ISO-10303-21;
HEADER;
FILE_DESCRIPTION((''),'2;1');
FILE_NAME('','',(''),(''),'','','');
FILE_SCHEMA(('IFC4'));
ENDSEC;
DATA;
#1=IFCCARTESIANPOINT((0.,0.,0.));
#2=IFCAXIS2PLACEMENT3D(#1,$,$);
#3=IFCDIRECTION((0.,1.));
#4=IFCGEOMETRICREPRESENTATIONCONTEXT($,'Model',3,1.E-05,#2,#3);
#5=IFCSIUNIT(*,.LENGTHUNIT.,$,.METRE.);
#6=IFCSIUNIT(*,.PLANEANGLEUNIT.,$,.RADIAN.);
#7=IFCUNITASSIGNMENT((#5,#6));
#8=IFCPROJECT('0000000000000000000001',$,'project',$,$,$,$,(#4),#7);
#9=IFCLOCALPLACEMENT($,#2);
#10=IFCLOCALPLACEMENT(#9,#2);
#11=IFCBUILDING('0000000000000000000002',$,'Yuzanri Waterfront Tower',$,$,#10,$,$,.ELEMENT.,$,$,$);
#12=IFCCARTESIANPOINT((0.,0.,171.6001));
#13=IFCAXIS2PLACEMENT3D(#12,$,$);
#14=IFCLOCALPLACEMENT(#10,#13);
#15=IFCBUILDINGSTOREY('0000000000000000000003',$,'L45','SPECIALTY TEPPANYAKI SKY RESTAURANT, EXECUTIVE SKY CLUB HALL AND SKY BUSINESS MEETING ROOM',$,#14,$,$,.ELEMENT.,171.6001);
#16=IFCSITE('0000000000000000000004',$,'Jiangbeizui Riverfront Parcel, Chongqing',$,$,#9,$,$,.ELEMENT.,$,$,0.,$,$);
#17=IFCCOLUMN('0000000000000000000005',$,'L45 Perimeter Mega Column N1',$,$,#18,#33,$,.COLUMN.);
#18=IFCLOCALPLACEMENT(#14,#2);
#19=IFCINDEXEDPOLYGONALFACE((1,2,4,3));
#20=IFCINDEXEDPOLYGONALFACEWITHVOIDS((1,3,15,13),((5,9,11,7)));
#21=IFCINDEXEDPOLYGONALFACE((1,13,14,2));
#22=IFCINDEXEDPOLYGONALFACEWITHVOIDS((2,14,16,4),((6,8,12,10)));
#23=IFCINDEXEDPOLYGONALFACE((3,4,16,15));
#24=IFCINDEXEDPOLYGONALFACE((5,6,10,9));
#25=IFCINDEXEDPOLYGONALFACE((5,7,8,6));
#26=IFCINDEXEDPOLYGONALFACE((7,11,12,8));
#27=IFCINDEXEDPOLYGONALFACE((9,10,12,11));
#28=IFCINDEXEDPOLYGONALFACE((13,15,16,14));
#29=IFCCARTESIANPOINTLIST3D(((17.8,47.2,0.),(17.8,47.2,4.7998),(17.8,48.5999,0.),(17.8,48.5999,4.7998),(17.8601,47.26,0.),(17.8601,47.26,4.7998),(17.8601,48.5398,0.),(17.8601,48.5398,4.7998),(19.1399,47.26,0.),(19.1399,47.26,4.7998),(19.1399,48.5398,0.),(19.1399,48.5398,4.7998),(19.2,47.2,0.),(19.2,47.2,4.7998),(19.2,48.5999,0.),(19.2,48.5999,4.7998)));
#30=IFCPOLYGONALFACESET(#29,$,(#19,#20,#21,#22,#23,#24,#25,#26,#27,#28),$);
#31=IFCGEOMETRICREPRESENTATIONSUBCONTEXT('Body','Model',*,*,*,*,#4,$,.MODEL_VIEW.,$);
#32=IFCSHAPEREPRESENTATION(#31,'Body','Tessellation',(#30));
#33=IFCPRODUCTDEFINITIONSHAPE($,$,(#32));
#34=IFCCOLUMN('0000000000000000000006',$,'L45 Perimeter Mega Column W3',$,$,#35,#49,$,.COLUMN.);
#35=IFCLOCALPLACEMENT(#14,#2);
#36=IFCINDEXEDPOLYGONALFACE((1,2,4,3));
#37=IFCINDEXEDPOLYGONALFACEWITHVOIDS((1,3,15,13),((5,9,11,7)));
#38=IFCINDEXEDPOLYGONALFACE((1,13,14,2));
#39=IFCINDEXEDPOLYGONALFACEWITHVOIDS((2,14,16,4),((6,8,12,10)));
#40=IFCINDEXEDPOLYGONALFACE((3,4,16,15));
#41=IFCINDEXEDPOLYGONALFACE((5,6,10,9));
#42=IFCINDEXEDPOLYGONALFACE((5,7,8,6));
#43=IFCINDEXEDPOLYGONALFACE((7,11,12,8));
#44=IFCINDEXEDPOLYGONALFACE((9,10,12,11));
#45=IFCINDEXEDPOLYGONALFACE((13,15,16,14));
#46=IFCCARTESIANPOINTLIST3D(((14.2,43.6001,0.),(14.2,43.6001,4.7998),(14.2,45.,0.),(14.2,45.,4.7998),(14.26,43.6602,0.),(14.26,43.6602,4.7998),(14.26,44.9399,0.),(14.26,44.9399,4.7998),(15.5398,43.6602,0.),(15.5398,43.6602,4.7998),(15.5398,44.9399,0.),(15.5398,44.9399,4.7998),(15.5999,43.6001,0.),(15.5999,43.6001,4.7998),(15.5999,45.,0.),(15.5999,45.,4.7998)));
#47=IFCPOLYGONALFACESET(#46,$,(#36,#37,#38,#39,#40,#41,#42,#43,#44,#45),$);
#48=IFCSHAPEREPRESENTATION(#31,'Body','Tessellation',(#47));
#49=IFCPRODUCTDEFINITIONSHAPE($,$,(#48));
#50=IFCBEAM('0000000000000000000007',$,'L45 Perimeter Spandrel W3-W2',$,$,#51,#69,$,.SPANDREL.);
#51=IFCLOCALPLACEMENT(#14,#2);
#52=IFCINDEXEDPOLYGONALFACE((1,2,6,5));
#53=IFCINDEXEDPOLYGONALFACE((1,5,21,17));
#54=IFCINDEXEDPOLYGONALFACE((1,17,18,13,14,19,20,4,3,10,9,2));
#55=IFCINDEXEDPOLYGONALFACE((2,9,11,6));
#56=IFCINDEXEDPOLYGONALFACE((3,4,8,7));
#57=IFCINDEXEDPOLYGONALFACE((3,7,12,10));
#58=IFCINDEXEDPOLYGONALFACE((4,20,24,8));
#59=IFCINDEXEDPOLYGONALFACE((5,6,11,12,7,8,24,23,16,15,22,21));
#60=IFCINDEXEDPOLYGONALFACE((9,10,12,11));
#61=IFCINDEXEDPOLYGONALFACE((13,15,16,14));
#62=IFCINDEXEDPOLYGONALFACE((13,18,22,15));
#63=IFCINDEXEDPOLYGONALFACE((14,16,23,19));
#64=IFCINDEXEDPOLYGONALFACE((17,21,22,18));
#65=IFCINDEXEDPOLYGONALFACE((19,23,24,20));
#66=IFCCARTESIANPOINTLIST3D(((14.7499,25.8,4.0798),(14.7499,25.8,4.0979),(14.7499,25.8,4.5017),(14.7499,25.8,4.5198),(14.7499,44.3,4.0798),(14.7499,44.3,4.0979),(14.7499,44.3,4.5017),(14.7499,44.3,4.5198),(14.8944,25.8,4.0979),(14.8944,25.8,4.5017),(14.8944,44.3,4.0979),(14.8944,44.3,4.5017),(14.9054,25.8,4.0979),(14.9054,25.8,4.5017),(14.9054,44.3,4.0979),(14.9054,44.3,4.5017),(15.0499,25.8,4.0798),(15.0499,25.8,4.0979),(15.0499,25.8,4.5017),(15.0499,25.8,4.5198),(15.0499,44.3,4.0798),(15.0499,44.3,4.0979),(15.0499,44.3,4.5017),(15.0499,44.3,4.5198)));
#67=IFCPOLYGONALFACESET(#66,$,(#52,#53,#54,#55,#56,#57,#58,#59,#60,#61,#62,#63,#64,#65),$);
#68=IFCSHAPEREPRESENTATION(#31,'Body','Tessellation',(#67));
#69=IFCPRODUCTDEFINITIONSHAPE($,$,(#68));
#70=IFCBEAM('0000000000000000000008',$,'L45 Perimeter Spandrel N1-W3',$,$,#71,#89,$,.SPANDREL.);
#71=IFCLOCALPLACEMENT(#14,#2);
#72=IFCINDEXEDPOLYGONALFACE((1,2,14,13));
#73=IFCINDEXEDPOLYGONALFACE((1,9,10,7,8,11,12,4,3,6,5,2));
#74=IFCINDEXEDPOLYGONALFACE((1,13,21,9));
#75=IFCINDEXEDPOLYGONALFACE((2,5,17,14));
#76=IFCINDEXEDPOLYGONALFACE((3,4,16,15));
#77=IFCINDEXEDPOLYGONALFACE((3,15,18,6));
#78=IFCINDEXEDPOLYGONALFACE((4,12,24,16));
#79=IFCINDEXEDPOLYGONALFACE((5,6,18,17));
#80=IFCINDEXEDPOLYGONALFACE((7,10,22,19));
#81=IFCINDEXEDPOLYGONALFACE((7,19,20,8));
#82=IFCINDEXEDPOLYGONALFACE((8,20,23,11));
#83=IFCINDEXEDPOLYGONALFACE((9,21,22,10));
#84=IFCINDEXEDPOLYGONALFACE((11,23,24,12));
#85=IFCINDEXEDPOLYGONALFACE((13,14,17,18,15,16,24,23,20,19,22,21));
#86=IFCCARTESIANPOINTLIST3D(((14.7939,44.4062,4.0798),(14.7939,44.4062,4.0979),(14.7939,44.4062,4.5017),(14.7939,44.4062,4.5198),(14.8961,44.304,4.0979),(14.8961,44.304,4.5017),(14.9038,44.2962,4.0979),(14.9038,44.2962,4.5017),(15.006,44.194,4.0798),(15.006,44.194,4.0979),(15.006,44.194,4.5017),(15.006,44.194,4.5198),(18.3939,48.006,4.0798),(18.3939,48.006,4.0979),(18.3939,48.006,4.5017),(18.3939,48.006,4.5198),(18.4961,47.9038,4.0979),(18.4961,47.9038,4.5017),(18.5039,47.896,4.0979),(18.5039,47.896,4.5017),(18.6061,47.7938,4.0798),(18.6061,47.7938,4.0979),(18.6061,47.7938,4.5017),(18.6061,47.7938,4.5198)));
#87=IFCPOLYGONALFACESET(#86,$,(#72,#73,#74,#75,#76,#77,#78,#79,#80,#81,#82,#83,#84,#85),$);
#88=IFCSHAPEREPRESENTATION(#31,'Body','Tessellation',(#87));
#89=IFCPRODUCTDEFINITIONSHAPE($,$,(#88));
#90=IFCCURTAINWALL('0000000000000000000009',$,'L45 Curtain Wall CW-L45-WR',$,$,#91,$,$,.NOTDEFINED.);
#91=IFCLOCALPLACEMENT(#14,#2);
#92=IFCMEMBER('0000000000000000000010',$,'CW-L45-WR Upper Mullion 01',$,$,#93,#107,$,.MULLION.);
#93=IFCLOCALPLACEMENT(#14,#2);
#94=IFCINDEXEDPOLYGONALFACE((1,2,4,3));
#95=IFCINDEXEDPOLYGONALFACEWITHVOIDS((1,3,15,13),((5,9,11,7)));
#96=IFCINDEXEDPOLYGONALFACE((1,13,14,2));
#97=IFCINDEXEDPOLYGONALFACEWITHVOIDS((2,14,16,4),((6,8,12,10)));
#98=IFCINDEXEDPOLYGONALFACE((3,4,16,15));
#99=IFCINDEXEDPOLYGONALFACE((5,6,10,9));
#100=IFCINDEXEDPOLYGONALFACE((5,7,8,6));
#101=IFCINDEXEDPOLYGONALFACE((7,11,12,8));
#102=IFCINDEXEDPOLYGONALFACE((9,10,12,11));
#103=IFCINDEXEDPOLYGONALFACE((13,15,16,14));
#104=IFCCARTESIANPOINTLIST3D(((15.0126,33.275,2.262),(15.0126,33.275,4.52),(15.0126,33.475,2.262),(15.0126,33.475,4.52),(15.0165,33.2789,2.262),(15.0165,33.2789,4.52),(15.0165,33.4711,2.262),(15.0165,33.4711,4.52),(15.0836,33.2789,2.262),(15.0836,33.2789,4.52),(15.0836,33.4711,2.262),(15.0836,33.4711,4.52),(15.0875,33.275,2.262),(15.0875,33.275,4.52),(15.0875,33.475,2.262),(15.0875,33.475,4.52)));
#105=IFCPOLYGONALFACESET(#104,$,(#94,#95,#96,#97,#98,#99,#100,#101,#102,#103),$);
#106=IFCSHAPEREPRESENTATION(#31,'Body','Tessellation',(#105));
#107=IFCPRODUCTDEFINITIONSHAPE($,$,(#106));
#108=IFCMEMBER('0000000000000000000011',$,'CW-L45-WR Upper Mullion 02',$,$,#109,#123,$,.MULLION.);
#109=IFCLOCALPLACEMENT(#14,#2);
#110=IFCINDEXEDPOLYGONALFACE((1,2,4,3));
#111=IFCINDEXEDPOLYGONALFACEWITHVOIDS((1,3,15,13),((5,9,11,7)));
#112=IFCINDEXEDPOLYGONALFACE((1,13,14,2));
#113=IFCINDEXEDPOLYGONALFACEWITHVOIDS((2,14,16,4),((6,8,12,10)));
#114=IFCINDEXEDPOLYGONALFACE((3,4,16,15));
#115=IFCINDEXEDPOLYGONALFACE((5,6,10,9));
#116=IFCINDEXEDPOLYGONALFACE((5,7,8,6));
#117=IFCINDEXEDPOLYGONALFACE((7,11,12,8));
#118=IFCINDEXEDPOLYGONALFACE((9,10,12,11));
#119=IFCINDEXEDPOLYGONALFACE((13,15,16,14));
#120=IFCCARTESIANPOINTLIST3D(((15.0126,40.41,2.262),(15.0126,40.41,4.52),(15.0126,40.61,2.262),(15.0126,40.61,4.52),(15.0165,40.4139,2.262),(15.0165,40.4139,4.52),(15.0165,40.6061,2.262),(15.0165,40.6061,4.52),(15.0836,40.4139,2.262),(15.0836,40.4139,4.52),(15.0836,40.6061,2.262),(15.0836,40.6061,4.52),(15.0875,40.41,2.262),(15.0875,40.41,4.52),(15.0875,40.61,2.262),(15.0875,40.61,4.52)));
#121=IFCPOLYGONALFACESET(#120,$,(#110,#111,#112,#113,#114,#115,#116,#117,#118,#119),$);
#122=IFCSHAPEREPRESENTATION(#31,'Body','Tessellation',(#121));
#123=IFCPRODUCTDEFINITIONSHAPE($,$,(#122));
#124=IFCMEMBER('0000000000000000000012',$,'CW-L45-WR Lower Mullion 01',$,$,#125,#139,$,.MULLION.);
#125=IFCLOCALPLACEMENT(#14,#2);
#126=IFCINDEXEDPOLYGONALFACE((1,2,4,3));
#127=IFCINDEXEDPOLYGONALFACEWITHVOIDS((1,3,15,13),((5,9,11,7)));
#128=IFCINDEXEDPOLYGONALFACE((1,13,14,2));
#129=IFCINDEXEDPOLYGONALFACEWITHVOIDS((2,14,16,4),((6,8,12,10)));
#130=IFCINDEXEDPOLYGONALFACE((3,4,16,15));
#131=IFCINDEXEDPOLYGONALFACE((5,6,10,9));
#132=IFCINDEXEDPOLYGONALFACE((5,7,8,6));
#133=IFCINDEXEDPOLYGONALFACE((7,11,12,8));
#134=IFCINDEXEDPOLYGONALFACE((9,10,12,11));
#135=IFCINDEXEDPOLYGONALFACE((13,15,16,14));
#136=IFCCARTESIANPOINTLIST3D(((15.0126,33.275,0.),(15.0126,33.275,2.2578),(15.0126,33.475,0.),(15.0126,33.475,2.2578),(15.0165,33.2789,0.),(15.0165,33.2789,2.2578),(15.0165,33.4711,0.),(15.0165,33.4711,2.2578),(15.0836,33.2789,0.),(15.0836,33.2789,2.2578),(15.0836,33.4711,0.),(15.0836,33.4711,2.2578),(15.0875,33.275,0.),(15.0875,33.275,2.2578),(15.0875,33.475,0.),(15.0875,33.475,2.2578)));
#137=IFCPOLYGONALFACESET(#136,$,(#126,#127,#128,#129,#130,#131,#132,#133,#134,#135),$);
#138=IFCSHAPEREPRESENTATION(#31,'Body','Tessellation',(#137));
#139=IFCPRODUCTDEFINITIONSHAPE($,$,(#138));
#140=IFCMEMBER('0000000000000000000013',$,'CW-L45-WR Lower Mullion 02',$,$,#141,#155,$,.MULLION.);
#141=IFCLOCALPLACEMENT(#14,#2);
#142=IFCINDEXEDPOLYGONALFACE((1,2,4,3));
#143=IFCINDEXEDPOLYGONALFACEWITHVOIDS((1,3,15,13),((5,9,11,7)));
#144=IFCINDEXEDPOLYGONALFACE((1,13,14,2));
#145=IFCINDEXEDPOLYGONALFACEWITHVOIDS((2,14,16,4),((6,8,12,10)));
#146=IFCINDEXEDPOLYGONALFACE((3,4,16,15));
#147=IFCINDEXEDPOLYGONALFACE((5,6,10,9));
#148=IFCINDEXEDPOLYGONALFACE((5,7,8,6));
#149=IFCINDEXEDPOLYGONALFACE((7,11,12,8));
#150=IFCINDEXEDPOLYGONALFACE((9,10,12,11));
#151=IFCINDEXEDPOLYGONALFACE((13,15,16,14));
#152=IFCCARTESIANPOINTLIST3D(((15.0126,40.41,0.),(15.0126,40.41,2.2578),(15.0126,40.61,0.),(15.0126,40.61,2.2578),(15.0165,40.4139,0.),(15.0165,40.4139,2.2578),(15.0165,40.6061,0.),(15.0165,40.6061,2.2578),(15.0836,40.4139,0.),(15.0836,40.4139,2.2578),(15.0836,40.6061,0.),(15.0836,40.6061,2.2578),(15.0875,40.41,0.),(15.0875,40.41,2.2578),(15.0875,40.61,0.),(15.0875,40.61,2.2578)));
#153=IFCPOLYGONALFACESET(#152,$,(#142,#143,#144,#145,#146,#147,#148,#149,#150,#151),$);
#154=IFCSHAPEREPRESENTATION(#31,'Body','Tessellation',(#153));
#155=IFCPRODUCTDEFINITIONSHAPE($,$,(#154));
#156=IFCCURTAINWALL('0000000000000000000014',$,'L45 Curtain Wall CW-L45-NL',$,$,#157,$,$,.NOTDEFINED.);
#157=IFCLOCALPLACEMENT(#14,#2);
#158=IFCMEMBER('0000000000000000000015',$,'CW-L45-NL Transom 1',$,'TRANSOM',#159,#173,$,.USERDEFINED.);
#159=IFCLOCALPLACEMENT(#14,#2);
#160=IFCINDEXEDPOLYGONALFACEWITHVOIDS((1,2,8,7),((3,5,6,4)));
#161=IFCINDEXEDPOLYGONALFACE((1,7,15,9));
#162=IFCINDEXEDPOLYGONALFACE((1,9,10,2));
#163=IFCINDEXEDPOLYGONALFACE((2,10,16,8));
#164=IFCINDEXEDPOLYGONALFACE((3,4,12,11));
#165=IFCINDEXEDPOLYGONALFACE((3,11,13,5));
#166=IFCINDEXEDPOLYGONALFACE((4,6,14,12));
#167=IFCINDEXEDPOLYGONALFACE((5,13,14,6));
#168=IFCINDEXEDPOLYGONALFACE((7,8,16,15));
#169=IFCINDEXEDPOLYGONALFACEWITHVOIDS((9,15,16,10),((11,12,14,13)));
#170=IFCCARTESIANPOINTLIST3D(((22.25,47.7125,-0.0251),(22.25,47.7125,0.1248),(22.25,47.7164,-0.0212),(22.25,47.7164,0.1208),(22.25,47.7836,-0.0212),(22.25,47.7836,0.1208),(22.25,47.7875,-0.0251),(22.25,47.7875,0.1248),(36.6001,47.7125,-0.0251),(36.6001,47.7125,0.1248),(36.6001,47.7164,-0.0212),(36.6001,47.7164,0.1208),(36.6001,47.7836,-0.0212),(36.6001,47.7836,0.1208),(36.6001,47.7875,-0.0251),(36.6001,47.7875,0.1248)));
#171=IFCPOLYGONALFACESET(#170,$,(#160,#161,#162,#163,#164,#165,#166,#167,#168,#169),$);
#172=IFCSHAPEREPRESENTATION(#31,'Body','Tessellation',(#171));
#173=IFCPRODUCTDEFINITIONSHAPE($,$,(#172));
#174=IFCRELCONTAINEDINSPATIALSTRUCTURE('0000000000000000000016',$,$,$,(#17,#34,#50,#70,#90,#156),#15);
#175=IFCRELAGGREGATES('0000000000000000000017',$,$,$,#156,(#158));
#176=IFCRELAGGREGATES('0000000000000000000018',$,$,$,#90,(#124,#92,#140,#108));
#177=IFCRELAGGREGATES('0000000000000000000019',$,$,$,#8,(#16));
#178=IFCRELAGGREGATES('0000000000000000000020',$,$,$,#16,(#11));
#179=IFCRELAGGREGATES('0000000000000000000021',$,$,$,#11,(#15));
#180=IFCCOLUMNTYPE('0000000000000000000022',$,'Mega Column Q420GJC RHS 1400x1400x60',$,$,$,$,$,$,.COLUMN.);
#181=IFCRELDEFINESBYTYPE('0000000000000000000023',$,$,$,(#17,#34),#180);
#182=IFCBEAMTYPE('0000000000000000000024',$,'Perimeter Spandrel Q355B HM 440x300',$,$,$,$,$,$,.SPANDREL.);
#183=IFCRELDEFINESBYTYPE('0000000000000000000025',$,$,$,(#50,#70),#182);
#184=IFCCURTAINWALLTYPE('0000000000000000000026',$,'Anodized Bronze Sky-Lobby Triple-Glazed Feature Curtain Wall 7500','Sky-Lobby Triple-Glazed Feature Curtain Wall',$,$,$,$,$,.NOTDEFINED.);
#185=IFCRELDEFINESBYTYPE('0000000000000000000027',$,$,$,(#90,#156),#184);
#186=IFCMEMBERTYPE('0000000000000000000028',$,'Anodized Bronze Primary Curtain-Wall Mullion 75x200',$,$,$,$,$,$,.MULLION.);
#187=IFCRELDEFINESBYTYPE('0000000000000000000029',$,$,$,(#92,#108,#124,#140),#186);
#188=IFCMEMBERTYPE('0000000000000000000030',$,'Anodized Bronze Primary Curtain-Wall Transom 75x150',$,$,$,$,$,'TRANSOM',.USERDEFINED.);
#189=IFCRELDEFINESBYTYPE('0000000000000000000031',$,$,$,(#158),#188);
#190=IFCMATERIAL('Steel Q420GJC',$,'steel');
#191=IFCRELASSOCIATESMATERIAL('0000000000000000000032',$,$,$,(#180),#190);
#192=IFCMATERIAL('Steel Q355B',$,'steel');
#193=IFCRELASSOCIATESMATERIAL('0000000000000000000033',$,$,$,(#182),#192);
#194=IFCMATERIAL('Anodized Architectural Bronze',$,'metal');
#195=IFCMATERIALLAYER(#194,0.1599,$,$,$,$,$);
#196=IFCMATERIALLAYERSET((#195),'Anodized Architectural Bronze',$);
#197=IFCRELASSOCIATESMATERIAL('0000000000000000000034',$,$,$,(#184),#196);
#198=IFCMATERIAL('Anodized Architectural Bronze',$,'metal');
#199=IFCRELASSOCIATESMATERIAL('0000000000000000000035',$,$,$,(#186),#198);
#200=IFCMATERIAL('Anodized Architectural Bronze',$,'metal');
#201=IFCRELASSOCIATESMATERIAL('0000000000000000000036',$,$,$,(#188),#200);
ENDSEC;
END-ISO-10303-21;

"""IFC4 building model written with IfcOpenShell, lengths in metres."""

from ifc_helpers import new_model, si_unit, direction, frame, origin, origin_2d, place, context, subcontext, project, spatial, hollow_rectangle, i_section, extrude, source, transform, mapped, material, layer, layer_set, material_profile, profile_set, type_object, element, aggregate, save


model = new_model("IFC4")

# Units and contexts
model_context = context("Model", 3, precision=1e-05, world=origin(), true_north=direction((0.0, 1.0)))
body_context = subcontext(model_context, "Body", "Model", "MODEL_VIEW")
ifc_project = project(units=[si_unit("LENGTHUNIT", "METRE"), si_unit("PLANEANGLEUNIT", "RADIAN")], contexts=[model_context])

# Site, building, storey
site_placement = place(None, origin())
site = spatial("IfcSite", under=ifc_project, at=site_placement, Name="Jiangbeizui Riverfront Parcel, Chongqing", CompositionType="ELEMENT", RefElevation=0.0)
building_placement = place(site_placement, origin())
building = spatial("IfcBuilding", under=site, at=building_placement, Name="Yuzanri Waterfront Tower", CompositionType="ELEMENT")
storey_placement = place(building_placement, frame((0.0, 0.0, 171.6001)))
storey = spatial("IfcBuildingStorey", under=building, at=storey_placement, Name="L45", Description="SPECIALTY TEPPANYAKI SKY RESTAURANT, EXECUTIVE SKY CLUB HALL AND SKY BUSINESS MEETING ROOM", CompositionType="ELEMENT", Elevation=171.6001)

# Columns
ifc_material_1 = material(Name="Steel Q420GJC", Category="steel")
ifc_material_profile_1 = material_profile(ifc_material_1, hollow_rectangle(XDim=1.3999, YDim=1.3999, WallThickness=0.0601, at=origin_2d()), Name="RHS 1400x1400x60")
ifc_profile_set_1 = profile_set([ifc_material_profile_1], Name="Steel Q420GJC")
column_type = type_object("IfcColumnType", Name="Mega Column Q420GJC RHS 1400x1400x60", PredefinedType="COLUMN", material=ifc_profile_set_1)
shared_shape_1 = source(origin(), body_context, "Body", "SweptSolid", [
    extrude(hollow_rectangle(XDim=1.3999, YDim=1.3999, WallThickness=0.0601, at=origin_2d()), origin(), (0.0, 0.0, 1.0), 4.7998),
])
for number, where, z_axis, x_axis, name in (
    (1, (18.5, 47.8999, 0.0), (0.0, 0.0, 1.0), (1.0, 0.0, 0.0), "L45 Perimeter Mega Column N1"),
    (2, (14.8999, 44.3, 0.0), (0.0, 0.0, 1.0), (1.0, 0.0, 0.0), "L45 Perimeter Mega Column W3"),
):
    element("IfcColumn", number, at=place(storey_placement, frame(where, z_axis=z_axis, x_axis=x_axis)), inside=storey, type_object=column_type, Name=name, PredefinedType="COLUMN", context=body_context, shape_type="MappedRepresentation", body=[
        mapped(shared_shape_1, transform((0.0, 0.0, 0.0), scale=1.0)),
    ])

# Beams
ifc_material_2 = material(Name="Steel Q355B", Category="steel")
ifc_material_profile_2 = material_profile(ifc_material_2, i_section(OverallWidth=0.3, OverallDepth=0.4399, WebThickness=0.011, FlangeThickness=0.0181, at=origin_2d()), Name="HM 440x300x11x18")
ifc_profile_set_2 = profile_set([ifc_material_profile_2], Name="Steel Q355B")
beam_type = type_object("IfcBeamType", Name="Perimeter Spandrel Q355B HM 440x300", PredefinedType="SPANDREL", material=ifc_profile_set_2)
shared_shape_2 = source(origin(), body_context, "Body", "SweptSolid", [
    extrude(i_section(OverallWidth=0.3, OverallDepth=0.4399, WebThickness=0.011, FlangeThickness=0.0181, at=origin_2d()), origin(), (0.0, 0.0, 1.0), 18.5),
])
beam_1_placement = place(storey_placement, frame((14.8999, 44.3, 4.2998), z_axis=(0.0, -1.0, 0.0), x_axis=(1.0, 0.0, 0.0)))
element("IfcBeam", 3, at=beam_1_placement, inside=storey, type_object=beam_type, Name="L45 Perimeter Spandrel W3-W2", PredefinedType="SPANDREL", context=body_context, shape_type="MappedRepresentation", body=[
    mapped(shared_shape_2, transform((0.0, 0.0, 0.0), scale=1.0)),
])
shared_shape_3 = source(origin(), body_context, "Body", "SweptSolid", [
    extrude(i_section(OverallWidth=0.3, OverallDepth=0.4399, WebThickness=0.011, FlangeThickness=0.0181, at=origin_2d()), origin(), (0.0, 0.0, 1.0), 5.0911),
])
beam_2_placement = place(storey_placement, frame((18.5, 47.8999, 4.2998), z_axis=(-0.707131, -0.707083, 0.0), x_axis=(0.707083, -0.707131, 0.0)))
element("IfcBeam", 4, at=beam_2_placement, inside=storey, type_object=beam_type, Name="L45 Perimeter Spandrel N1-W3", PredefinedType="SPANDREL", context=body_context, shape_type="MappedRepresentation", body=[
    mapped(shared_shape_3, transform((0.0, 0.0, 0.0), scale=1.0)),
])

# Curtain wall, members
ifc_material_3 = material(Name="Anodized Architectural Bronze", Category="metal")
ifc_layer_1 = layer(ifc_material_3, 0.1599)
ifc_layer_set_1 = layer_set([ifc_layer_1], Name="Anodized Architectural Bronze")
curtain_wall_type = type_object("IfcCurtainWallType", Name="Anodized Bronze Sky-Lobby Triple-Glazed Feature Curtain Wall 7500", Description="Sky-Lobby Triple-Glazed Feature Curtain Wall", PredefinedType="NOTDEFINED", material=ifc_layer_set_1)
curtain_wall_1_placement = place(storey_placement, origin())
curtain_wall_1 = element("IfcCurtainWall", 5, at=curtain_wall_1_placement, inside=storey, type_object=curtain_wall_type, Name="L45 Curtain Wall CW-L45-WR", PredefinedType="NOTDEFINED")
ifc_material_4 = material(Name="Anodized Architectural Bronze", Category="metal")
ifc_material_profile_3 = material_profile(ifc_material_4, hollow_rectangle(XDim=0.075, YDim=0.2, WallThickness=0.0039, at=origin_2d()), Name="CWM 75x200")
ifc_profile_set_3 = profile_set([ifc_material_profile_3], Name="Anodized Architectural Bronze")
member_type_1 = type_object("IfcMemberType", Name="Anodized Bronze Primary Curtain-Wall Mullion 75x200", PredefinedType="MULLION", material=ifc_profile_set_3)
shared_shape_4 = source(origin(), body_context, "Body", "SweptSolid", [
    extrude(hollow_rectangle(XDim=0.075, YDim=0.2, WallThickness=0.0039, at=origin_2d()), origin(), (0.0, 0.0, 1.0), 2.2581),
])
member_1_placement = place(storey_placement, frame((15.05, 33.375, 2.262), z_axis=(0.0, 0.0, 1.0), x_axis=(1.0, 0.0, 0.0)))
member_1 = element("IfcMember", 6, at=member_1_placement, type_object=member_type_1, Name="CW-L45-WR Upper Mullion 01", PredefinedType="MULLION", context=body_context, shape_type="MappedRepresentation", body=[
    mapped(shared_shape_4, transform((0.0, 0.0, 0.0), scale=1.0)),
])
member_2_placement = place(storey_placement, frame((15.05, 40.51, 2.262), z_axis=(0.0, 0.0, 1.0), x_axis=(1.0, 0.0, 0.0)))
member_2 = element("IfcMember", 7, at=member_2_placement, type_object=member_type_1, Name="CW-L45-WR Upper Mullion 02", PredefinedType="MULLION", context=body_context, shape_type="MappedRepresentation", body=[
    mapped(shared_shape_4, transform((0.0, 0.0, 0.0), scale=1.0)),
])
shared_shape_5 = source(origin(), body_context, "Body", "SweptSolid", [
    extrude(hollow_rectangle(XDim=0.075, YDim=0.2, WallThickness=0.0039, at=origin_2d()), origin(), (0.0, 0.0, 1.0), 2.2578),
])
member_3_placement = place(storey_placement, frame((15.05, 33.375, 0.0), z_axis=(0.0, 0.0, 1.0), x_axis=(1.0, 0.0, 0.0)))
member_3 = element("IfcMember", 8, at=member_3_placement, type_object=member_type_1, Name="CW-L45-WR Lower Mullion 01", PredefinedType="MULLION", context=body_context, shape_type="MappedRepresentation", body=[
    mapped(shared_shape_5, transform((0.0, 0.0, 0.0), scale=1.0)),
])
member_4_placement = place(storey_placement, frame((15.05, 40.51, 0.0), z_axis=(0.0, 0.0, 1.0), x_axis=(1.0, 0.0, 0.0)))
member_4 = element("IfcMember", 9, at=member_4_placement, type_object=member_type_1, Name="CW-L45-WR Lower Mullion 02", PredefinedType="MULLION", context=body_context, shape_type="MappedRepresentation", body=[
    mapped(shared_shape_5, transform((0.0, 0.0, 0.0), scale=1.0)),
])

# Curtain wall, member
curtain_wall_2_placement = place(storey_placement, origin())
curtain_wall_2 = element("IfcCurtainWall", 10, at=curtain_wall_2_placement, inside=storey, type_object=curtain_wall_type, Name="L45 Curtain Wall CW-L45-NL", PredefinedType="NOTDEFINED")
ifc_material_5 = material(Name="Anodized Architectural Bronze", Category="metal")
ifc_material_profile_4 = material_profile(ifc_material_5, hollow_rectangle(XDim=0.075, YDim=0.1499, WallThickness=0.0039, at=origin_2d()), Name="CWT 75x150")
ifc_profile_set_4 = profile_set([ifc_material_profile_4], Name="Anodized Architectural Bronze")
member_type_2 = type_object("IfcMemberType", Name="Anodized Bronze Primary Curtain-Wall Transom 75x150", ElementType="TRANSOM", PredefinedType="USERDEFINED", material=ifc_profile_set_4)
shared_shape_6 = source(origin(), body_context, "Body", "SweptSolid", [
    extrude(hollow_rectangle(XDim=0.075, YDim=0.1499, WallThickness=0.0039, at=origin_2d()), origin(), (0.0, 0.0, 1.0), 14.3501),
])
member_5_placement = place(storey_placement, frame((22.25, 47.75, 0.0498), z_axis=(1.0, 0.0, 0.0), x_axis=(0.0, 1.0, 0.0)))
member_5 = element("IfcMember", 11, at=member_5_placement, type_object=member_type_2, Name="CW-L45-NL Transom 1", ObjectType="TRANSOM", PredefinedType="USERDEFINED", context=body_context, shape_type="MappedRepresentation", body=[
    mapped(shared_shape_6, transform((0.0, 0.0, 0.0), scale=1.0)),
])
aggregate(curtain_wall_2, [member_5])

aggregate(curtain_wall_1, [member_3, member_1, member_4, member_2])

save(model, "model.ifc")
